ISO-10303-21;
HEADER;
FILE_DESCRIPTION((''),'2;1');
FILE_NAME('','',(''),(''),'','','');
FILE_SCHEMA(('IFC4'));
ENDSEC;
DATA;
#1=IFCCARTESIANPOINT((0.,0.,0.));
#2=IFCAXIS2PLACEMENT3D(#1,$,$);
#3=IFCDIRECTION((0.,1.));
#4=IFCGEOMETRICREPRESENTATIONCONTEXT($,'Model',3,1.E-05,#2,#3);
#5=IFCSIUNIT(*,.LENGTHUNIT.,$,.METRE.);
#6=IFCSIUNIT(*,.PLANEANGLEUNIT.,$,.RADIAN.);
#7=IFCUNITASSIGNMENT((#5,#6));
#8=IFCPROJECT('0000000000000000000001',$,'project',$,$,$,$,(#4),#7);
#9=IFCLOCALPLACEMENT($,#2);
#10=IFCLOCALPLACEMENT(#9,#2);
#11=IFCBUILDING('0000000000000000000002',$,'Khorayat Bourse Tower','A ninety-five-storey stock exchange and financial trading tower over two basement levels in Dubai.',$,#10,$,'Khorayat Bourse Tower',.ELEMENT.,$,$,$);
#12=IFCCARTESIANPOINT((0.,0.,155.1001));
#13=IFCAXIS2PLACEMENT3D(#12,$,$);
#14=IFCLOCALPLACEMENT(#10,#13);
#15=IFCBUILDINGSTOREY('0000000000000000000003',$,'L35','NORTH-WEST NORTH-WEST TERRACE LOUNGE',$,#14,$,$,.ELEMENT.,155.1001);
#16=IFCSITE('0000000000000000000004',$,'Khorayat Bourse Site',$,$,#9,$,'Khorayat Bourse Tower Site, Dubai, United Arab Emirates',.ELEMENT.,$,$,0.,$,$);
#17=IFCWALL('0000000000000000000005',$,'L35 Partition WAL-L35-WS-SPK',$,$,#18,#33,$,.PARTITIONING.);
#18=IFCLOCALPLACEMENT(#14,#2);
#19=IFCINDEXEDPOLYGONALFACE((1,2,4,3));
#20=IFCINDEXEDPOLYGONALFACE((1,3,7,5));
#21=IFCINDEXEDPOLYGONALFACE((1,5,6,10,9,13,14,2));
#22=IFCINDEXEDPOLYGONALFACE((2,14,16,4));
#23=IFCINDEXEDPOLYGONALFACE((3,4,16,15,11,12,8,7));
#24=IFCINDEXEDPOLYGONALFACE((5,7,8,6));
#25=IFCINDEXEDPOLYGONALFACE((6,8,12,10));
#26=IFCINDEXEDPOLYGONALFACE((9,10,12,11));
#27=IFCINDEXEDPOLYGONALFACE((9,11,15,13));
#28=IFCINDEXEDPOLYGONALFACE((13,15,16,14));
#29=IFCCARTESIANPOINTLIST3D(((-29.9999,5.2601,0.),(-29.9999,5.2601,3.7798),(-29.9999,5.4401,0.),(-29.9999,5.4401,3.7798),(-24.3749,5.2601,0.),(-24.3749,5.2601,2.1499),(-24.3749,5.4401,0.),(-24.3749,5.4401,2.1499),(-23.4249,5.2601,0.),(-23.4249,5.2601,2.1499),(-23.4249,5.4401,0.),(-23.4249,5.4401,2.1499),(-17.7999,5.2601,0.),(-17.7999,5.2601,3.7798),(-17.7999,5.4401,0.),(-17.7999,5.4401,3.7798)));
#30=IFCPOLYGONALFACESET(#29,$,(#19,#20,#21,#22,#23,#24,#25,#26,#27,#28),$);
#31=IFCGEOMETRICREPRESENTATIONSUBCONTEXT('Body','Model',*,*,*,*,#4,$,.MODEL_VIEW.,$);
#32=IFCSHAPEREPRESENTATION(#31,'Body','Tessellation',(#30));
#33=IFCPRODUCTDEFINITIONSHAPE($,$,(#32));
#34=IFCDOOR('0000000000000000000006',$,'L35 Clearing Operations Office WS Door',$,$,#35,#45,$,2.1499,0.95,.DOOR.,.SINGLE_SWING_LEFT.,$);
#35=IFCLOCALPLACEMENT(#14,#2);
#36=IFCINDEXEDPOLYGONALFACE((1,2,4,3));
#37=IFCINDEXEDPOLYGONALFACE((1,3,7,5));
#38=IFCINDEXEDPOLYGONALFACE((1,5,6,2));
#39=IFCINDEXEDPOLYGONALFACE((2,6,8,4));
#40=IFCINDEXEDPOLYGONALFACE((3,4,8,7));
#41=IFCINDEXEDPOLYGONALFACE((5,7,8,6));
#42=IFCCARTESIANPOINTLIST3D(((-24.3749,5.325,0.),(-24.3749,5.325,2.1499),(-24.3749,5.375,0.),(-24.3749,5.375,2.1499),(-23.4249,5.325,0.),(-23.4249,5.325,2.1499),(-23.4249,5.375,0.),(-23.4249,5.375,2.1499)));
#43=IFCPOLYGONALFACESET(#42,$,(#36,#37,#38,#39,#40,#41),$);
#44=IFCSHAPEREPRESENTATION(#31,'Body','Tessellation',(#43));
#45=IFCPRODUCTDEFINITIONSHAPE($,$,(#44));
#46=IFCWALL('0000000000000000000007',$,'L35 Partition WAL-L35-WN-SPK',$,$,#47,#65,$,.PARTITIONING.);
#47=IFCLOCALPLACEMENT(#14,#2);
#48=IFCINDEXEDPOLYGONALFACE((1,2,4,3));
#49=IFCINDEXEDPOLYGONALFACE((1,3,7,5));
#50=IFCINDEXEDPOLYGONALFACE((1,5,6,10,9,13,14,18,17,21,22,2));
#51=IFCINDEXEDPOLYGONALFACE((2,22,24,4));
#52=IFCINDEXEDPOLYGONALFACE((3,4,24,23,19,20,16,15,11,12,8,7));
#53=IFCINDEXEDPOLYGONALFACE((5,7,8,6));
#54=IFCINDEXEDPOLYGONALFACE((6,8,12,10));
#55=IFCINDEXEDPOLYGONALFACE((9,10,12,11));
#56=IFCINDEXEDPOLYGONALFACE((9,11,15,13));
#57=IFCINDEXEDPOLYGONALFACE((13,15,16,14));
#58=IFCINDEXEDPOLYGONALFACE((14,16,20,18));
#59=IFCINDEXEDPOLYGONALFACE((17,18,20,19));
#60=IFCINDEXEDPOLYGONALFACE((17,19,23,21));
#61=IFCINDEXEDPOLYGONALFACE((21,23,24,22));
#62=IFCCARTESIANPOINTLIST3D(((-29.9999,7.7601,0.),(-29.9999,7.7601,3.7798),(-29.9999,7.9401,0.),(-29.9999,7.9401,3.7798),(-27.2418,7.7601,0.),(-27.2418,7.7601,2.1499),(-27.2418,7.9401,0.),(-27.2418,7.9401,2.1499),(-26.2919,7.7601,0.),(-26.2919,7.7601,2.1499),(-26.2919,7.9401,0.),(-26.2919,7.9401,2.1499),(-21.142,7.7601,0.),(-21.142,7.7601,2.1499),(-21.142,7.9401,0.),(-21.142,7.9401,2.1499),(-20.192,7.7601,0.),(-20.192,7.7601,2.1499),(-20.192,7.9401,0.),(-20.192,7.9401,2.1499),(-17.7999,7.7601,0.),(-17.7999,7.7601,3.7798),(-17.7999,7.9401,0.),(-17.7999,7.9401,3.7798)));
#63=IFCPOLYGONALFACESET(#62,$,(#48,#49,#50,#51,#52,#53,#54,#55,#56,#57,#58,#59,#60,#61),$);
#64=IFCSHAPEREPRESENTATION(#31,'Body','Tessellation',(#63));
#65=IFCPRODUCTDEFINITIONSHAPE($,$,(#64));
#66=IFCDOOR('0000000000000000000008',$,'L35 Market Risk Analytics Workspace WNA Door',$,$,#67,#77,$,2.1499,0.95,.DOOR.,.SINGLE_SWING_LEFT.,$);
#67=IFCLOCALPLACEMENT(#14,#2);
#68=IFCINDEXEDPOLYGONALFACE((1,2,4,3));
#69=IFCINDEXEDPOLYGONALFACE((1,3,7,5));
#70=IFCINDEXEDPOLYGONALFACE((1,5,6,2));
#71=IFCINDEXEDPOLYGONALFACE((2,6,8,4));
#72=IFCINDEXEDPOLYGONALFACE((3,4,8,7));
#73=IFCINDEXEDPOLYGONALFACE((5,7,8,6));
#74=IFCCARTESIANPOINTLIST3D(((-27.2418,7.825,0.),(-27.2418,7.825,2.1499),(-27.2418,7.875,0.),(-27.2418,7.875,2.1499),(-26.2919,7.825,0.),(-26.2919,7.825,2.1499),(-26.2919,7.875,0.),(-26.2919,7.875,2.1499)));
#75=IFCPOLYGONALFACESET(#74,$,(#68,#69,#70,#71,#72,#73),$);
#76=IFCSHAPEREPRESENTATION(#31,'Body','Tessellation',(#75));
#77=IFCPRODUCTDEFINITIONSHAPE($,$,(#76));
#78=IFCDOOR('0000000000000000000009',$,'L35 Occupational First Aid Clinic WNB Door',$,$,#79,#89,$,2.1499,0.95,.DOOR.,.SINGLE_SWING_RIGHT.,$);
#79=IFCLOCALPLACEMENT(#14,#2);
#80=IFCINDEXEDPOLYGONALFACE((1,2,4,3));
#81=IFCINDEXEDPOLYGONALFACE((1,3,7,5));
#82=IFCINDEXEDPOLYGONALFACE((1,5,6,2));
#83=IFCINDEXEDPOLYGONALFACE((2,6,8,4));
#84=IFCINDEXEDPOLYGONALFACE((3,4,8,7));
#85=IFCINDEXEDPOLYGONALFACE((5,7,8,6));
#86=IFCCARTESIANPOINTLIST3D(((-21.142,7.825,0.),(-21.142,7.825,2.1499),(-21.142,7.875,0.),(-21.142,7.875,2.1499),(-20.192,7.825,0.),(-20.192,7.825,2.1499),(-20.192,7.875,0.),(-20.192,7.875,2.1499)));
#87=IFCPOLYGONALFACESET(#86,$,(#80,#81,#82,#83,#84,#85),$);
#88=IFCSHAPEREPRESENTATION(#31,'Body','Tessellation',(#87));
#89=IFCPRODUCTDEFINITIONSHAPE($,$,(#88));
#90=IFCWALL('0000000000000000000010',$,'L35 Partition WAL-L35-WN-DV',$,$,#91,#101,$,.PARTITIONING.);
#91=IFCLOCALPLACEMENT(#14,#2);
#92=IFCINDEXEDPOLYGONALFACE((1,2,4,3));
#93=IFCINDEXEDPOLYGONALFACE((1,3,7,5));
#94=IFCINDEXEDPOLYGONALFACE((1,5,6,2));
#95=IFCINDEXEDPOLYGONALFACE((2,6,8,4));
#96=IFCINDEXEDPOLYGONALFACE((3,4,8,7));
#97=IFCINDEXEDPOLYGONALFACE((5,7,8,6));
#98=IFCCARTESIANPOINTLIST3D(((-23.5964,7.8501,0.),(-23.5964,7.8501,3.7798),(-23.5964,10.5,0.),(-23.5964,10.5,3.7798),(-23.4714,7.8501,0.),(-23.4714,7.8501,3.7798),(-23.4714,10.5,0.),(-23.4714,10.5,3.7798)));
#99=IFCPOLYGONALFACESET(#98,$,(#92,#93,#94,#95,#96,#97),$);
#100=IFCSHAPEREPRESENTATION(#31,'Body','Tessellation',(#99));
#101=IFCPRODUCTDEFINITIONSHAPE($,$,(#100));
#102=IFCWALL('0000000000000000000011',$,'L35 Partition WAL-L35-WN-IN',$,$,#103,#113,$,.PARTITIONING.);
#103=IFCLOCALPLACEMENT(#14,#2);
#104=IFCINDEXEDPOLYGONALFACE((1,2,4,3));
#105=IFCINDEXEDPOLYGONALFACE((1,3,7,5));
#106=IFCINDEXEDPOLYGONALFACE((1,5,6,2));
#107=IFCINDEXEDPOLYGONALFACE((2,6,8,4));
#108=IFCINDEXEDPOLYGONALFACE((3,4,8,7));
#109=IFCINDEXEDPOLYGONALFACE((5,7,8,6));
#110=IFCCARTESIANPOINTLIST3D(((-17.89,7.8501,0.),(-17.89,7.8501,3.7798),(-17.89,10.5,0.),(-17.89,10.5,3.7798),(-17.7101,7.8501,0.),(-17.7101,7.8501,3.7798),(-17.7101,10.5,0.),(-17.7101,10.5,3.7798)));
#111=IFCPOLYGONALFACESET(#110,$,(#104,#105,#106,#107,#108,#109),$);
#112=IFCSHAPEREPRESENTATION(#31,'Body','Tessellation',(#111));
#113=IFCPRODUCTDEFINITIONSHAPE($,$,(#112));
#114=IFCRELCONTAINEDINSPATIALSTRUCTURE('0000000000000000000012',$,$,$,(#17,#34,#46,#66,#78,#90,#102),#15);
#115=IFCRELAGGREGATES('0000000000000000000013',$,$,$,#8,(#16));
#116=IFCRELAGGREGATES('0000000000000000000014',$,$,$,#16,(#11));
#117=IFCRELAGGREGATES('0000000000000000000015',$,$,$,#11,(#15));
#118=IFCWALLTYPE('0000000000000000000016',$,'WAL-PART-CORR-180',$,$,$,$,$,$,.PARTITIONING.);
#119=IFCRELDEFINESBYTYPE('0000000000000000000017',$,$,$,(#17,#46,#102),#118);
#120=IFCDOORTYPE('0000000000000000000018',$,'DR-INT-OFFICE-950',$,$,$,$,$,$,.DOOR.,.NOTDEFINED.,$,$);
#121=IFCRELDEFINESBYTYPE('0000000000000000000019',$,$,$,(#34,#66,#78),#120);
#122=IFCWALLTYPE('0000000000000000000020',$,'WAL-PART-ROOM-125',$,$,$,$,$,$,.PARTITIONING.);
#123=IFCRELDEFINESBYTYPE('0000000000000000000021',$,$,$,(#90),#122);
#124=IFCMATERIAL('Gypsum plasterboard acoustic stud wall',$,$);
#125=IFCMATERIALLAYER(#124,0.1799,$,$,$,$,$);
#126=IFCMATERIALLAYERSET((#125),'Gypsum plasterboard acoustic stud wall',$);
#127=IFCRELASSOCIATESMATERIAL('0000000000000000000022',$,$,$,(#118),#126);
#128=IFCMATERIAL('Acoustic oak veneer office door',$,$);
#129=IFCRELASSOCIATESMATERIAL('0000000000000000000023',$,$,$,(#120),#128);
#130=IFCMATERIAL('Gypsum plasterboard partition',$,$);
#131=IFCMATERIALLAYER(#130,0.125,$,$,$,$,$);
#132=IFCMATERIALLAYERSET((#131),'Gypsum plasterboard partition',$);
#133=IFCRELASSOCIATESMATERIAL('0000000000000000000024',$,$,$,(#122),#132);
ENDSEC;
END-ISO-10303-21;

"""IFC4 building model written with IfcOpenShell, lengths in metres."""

from ifc_helpers import new_model, si_unit, direction, frame, frame_2d, origin, place, context, subcontext, project, spatial, rectangle, extrude, source, transform, mapped, material, layer, layer_set, type_object, element, fill, save


model = new_model("IFC4")

# Units and contexts
model_context = context("Model", 3, precision=1e-05, world=origin(), true_north=direction((0.0, 1.0)))
body_context = subcontext(model_context, "Body", "Model", "MODEL_VIEW")
ifc_project = project(units=[si_unit("LENGTHUNIT", "METRE"), si_unit("PLANEANGLEUNIT", "RADIAN")], contexts=[model_context])

# Site, building, storey
site_placement = place(None, origin())
site = spatial("IfcSite", under=ifc_project, at=site_placement, Name="Khorayat Bourse Site", LongName="Khorayat Bourse Tower Site, Dubai, United Arab Emirates", CompositionType="ELEMENT", RefElevation=0.0)
building_placement = place(site_placement, origin())
building = spatial("IfcBuilding", under=site, at=building_placement, Name="Khorayat Bourse Tower", Description="A ninety-five-storey stock exchange and financial trading tower over two basement levels in Dubai.", LongName="Khorayat Bourse Tower", CompositionType="ELEMENT")
storey_placement = place(building_placement, frame((0.0, 0.0, 155.1001)))
storey = spatial("IfcBuildingStorey", under=building, at=storey_placement, Name="L35", Description="NORTH-WEST NORTH-WEST TERRACE LOUNGE", CompositionType="ELEMENT", Elevation=155.1001)

# Shared definitions
ifc_material_1 = material(Name="Gypsum plasterboard acoustic stud wall")
ifc_layer_1 = layer(ifc_material_1, 0.1799)
ifc_layer_set_1 = layer_set([ifc_layer_1], Name="Gypsum plasterboard acoustic stud wall")
wall_type_1 = type_object("IfcWallType", Name="WAL-PART-CORR-180", PredefinedType="PARTITIONING", material=ifc_layer_set_1)

# Wall, opening, door
shared_shape_1 = source(origin(), body_context, "Body", "SweptSolid", [
    extrude(rectangle(XDim=12.2, YDim=0.1799, at=frame_2d((6.1001, 0.0))), origin(), (0.0, 0.0, 1.0), 3.7798),
])
wall_1_placement = place(storey_placement, frame((-30.0, 5.3501, 0.0), z_axis=(0.0, 0.0, 1.0), x_axis=(1.0, 0.0, 0.0)))
wall_1 = element("IfcWall", 1, at=wall_1_placement, inside=storey, type_object=wall_type_1, Name="L35 Partition WAL-L35-WS-SPK", PredefinedType="PARTITIONING", context=body_context, shape_type="MappedRepresentation", body=[
    mapped(shared_shape_1, transform((0.0, 0.0, 0.0), scale=1.0)),
])
shared_shape_2 = source(origin(), body_context, "Body", "SweptSolid", [
    extrude(rectangle(XDim=0.95, YDim=2.1499, at=frame_2d((0.4751, 1.075))), frame((0.0, 0.0999, 0.0), z_axis=(0.0, -1.0, 0.0), x_axis=(1.0, 0.0, 0.0)), (0.0, 0.0, 1.0), 0.2),
])
opening_1_placement = place(wall_1_placement, frame((5.625, 0.0, 0.0)))
opening_1 = element("IfcOpeningElement", 2, at=opening_1_placement, cuts=wall_1, PredefinedType="OPENING", context=body_context, shape_type="MappedRepresentation", body=[
    mapped(shared_shape_2, transform((0.0, 0.0, 0.0), scale=1.0)),
])
ifc_material_2 = material(Name="Acoustic oak veneer office door")
door_type = type_object("IfcDoorType", Name="DR-INT-OFFICE-950", OperationType="NOTDEFINED", PredefinedType="DOOR", material=ifc_material_2)
shared_shape_3 = source(origin(), body_context, "Body", "SweptSolid", [
    extrude(rectangle(XDim=0.95, YDim=2.1499, at=frame_2d((0.4751, 1.075))), frame((0.0, 0.0249, 0.0), z_axis=(0.0, -1.0, 0.0), x_axis=(1.0, 0.0, 0.0)), (0.0, 0.0, 1.0), 0.05),
])
door_1_placement = place(opening_1_placement, origin())
door_1 = element("IfcDoor", 3, at=door_1_placement, inside=storey, type_object=door_type, Name="L35 Clearing Operations Office WS Door", OperationType="SINGLE_SWING_LEFT", OverallHeight=2.1499, OverallWidth=0.95, PredefinedType="DOOR", context=body_context, shape_type="MappedRepresentation", body=[
    mapped(shared_shape_3, transform((0.0, 0.0, 0.0), scale=1.0)),
])
fill(opening_1, door_1)

# Wall, openings, doors
wall_2_placement = place(storey_placement, frame((-30.0, 7.8501, 0.0), z_axis=(0.0, 0.0, 1.0), x_axis=(1.0, 0.0, 0.0)))
wall_2 = element("IfcWall", 4, at=wall_2_placement, inside=storey, type_object=wall_type_1, Name="L35 Partition WAL-L35-WN-SPK", PredefinedType="PARTITIONING", context=body_context, shape_type="MappedRepresentation", body=[
    mapped(shared_shape_1, transform((0.0, 0.0, 0.0), scale=1.0)),
])
opening_2_placement = place(wall_2_placement, frame((2.7581, 0.0, 0.0)))
opening_2 = element("IfcOpeningElement", 5, at=opening_2_placement, cuts=wall_2, PredefinedType="OPENING", context=body_context, shape_type="MappedRepresentation", body=[
    mapped(shared_shape_2, transform((0.0, 0.0, 0.0), scale=1.0)),
])
opening_3_placement = place(wall_2_placement, frame((8.8579, 0.0, 0.0)))
opening_3 = element("IfcOpeningElement", 6, at=opening_3_placement, cuts=wall_2, PredefinedType="OPENING", context=body_context, shape_type="MappedRepresentation", body=[
    mapped(shared_shape_2, transform((0.0, 0.0, 0.0), scale=1.0)),
])
door_2_placement = place(opening_2_placement, origin())
door_2 = element("IfcDoor", 7, at=door_2_placement, inside=storey, type_object=door_type, Name="L35 Market Risk Analytics Workspace WNA Door", OperationType="SINGLE_SWING_LEFT", OverallHeight=2.1499, OverallWidth=0.95, PredefinedType="DOOR", context=body_context, shape_type="MappedRepresentation", body=[
    mapped(shared_shape_3, transform((0.0, 0.0, 0.0), scale=1.0)),
])
fill(opening_2, door_2)
door_3_placement = place(opening_3_placement, origin())
door_3 = element("IfcDoor", 8, at=door_3_placement, inside=storey, type_object=door_type, Name="L35 Occupational First Aid Clinic WNB Door", OperationType="SINGLE_SWING_RIGHT", OverallHeight=2.1499, OverallWidth=0.95, PredefinedType="DOOR", context=body_context, shape_type="MappedRepresentation", body=[
    mapped(shared_shape_3, transform((0.0, 0.0, 0.0), scale=1.0)),
])
fill(opening_3, door_3)

# Walls
ifc_material_3 = material(Name="Gypsum plasterboard partition")
ifc_layer_2 = layer(ifc_material_3, 0.125)
ifc_layer_set_2 = layer_set([ifc_layer_2], Name="Gypsum plasterboard partition")
wall_type_2 = type_object("IfcWallType", Name="WAL-PART-ROOM-125", PredefinedType="PARTITIONING", material=ifc_layer_set_2)
shared_shape_4 = source(origin(), body_context, "Body", "SweptSolid", [
    extrude(rectangle(XDim=2.6499, YDim=0.125, at=frame_2d((1.325, 0.0))), origin(), (0.0, 0.0, 1.0), 3.7798),
])
wall_3_placement = place(storey_placement, frame((-23.5339, 7.8501, 0.0), z_axis=(0.0, 0.0, 1.0), x_axis=(0.0, 1.0, 0.0)))
element("IfcWall", 9, at=wall_3_placement, inside=storey, type_object=wall_type_2, Name="L35 Partition WAL-L35-WN-DV", PredefinedType="PARTITIONING", context=body_context, shape_type="MappedRepresentation", body=[
    mapped(shared_shape_4, transform((0.0, 0.0, 0.0), scale=1.0)),
])
shared_shape_5 = source(origin(), body_context, "Body", "SweptSolid", [
    extrude(rectangle(XDim=2.6499, YDim=0.1799, at=frame_2d((1.325, 0.0))), origin(), (0.0, 0.0, 1.0), 3.7798),
])
wall_4_placement = place(storey_placement, frame((-17.8, 7.8501, 0.0), z_axis=(0.0, 0.0, 1.0), x_axis=(0.0, 1.0, 0.0)))
element("IfcWall", 10, at=wall_4_placement, inside=storey, type_object=wall_type_1, Name="L35 Partition WAL-L35-WN-IN", PredefinedType="PARTITIONING", context=body_context, shape_type="MappedRepresentation", body=[
    mapped(shared_shape_5, transform((0.0, 0.0, 0.0), scale=1.0)),
])

save(model, "model.ifc")
